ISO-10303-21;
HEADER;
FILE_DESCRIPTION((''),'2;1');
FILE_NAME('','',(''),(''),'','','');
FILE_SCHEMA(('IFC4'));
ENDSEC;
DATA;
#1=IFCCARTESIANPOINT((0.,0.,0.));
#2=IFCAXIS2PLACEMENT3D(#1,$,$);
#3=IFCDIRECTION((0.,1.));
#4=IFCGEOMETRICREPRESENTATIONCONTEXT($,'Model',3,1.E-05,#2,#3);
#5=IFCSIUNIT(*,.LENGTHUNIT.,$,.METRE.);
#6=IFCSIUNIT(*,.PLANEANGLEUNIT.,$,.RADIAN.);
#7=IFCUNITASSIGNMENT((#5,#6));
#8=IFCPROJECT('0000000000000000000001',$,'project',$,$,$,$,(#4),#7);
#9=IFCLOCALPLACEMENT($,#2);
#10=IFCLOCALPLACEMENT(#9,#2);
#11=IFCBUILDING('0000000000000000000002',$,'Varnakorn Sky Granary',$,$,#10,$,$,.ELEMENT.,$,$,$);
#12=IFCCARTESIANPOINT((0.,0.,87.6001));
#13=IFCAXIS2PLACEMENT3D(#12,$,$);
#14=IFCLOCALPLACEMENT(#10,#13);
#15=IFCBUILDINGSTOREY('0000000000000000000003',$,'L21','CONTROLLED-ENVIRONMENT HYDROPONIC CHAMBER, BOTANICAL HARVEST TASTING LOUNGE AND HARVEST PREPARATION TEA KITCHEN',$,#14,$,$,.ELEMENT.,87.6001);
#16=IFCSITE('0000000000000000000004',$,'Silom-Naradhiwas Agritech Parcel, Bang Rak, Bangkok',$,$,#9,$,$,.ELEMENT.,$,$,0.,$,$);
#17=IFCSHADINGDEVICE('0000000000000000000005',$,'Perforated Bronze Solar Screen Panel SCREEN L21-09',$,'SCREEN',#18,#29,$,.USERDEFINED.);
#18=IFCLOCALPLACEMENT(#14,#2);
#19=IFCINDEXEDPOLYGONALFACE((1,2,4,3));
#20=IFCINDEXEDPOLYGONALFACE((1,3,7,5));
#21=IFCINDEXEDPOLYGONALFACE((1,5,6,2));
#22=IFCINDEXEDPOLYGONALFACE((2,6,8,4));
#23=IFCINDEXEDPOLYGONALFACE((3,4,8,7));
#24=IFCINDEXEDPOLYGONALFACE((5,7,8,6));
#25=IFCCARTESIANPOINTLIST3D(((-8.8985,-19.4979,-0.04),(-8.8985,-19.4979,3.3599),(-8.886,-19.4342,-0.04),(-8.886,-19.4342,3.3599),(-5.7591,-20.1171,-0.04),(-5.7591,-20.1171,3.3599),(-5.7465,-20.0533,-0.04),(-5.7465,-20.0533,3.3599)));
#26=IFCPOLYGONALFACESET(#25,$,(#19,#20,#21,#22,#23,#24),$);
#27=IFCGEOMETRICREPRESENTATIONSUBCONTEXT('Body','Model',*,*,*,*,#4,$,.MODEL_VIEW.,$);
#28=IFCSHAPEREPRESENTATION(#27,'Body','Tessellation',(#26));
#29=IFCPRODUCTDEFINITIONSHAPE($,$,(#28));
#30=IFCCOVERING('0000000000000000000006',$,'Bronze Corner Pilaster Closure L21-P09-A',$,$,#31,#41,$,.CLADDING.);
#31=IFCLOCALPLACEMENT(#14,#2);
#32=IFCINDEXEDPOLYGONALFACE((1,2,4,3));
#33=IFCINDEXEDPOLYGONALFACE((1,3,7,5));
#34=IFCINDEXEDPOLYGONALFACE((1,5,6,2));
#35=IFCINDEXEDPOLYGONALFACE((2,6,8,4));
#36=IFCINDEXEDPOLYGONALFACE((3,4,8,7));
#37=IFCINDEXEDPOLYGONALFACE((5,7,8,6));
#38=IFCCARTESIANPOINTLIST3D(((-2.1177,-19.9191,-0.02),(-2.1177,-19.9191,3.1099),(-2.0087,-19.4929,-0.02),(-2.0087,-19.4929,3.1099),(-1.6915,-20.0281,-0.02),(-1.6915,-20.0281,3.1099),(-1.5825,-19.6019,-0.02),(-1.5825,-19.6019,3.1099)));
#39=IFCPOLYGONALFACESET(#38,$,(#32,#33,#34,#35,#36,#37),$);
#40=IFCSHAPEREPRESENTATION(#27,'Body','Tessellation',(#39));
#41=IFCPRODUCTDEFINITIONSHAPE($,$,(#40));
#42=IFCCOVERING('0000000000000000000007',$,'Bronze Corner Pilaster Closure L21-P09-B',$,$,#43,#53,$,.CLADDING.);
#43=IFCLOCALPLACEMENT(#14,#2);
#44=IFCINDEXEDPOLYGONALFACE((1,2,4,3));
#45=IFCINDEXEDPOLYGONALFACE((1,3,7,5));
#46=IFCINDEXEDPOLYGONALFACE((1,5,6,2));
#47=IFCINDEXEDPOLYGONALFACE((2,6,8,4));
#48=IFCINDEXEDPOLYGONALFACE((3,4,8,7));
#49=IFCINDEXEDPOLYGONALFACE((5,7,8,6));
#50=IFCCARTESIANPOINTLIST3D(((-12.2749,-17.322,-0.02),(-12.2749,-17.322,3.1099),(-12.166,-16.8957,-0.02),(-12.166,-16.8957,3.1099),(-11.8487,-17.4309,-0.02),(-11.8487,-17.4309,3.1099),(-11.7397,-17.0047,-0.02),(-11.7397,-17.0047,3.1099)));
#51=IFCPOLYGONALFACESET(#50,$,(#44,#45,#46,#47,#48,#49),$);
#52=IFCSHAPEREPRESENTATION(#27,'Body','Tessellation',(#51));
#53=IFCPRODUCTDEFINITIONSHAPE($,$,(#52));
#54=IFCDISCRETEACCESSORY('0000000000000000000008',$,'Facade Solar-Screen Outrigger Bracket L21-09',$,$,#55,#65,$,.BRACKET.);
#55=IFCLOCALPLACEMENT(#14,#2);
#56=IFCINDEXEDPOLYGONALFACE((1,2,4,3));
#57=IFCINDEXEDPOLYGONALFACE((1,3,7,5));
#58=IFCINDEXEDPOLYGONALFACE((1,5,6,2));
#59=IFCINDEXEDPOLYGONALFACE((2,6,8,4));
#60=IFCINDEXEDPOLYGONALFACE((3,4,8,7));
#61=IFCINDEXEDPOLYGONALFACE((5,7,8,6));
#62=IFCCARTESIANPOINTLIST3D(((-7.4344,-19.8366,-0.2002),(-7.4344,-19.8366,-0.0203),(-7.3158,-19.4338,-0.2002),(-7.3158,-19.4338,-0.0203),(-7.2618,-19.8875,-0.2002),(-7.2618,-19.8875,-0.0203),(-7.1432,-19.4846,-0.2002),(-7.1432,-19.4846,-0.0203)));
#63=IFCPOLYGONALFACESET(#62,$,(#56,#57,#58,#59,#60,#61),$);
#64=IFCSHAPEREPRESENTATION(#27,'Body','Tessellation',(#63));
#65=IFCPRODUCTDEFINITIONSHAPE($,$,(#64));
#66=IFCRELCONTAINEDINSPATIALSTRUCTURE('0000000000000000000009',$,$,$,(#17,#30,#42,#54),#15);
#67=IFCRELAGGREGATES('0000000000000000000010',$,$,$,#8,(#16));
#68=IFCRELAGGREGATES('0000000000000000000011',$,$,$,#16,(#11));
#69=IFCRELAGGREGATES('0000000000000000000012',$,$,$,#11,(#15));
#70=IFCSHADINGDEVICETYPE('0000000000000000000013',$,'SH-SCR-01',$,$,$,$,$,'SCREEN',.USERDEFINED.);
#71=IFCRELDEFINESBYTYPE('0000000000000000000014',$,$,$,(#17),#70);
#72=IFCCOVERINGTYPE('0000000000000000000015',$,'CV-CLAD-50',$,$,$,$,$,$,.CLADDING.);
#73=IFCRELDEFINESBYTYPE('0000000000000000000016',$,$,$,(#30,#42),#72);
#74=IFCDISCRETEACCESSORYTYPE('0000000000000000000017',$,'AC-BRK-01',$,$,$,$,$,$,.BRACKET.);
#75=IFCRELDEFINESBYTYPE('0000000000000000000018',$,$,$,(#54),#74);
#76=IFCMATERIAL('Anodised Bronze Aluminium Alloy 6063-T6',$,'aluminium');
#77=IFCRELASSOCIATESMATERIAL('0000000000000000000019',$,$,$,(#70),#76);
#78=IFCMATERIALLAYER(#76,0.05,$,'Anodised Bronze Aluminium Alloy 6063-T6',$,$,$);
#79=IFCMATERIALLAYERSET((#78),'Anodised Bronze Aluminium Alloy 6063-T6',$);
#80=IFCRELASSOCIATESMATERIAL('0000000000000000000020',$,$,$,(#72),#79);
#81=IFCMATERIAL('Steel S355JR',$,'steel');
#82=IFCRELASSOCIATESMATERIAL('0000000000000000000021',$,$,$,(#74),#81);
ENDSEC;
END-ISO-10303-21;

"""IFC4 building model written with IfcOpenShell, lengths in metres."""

from ifc_helpers import new_model, si_unit, direction, frame, origin, origin_2d, place, context, subcontext, project, spatial, rectangle, extrude, source, transform, mapped, material, layer, layer_set, type_object, type_shapes, element, save


model = new_model("IFC4")

# Units and contexts
model_context = context("Model", 3, precision=1e-05, world=origin(), true_north=direction((0.0, 1.0)))
body_context = subcontext(model_context, "Body", "Model", "MODEL_VIEW")
ifc_project = project(units=[si_unit("LENGTHUNIT", "METRE"), si_unit("PLANEANGLEUNIT", "RADIAN")], contexts=[model_context])

# Site, building, storey
site_placement = place(None, origin())
site = spatial("IfcSite", under=ifc_project, at=site_placement, Name="Silom-Naradhiwas Agritech Parcel, Bang Rak, Bangkok", CompositionType="ELEMENT", RefElevation=0.0)
building_placement = place(site_placement, origin())
building = spatial("IfcBuilding", under=site, at=building_placement, Name="Varnakorn Sky Granary", CompositionType="ELEMENT")
storey_placement = place(building_placement, frame((0.0, 0.0, 87.6001)))
storey = spatial("IfcBuildingStorey", under=building, at=storey_placement, Name="L21", Description="CONTROLLED-ENVIRONMENT HYDROPONIC CHAMBER, BOTANICAL HARVEST TASTING LOUNGE AND HARVEST PREPARATION TEA KITCHEN", CompositionType="ELEMENT", Elevation=87.6001)

# Shared definitions
ifc_material_1 = material(Name="Steel S355JR", Category="steel")

# Shared definitions
ifc_material_2 = material(Name="Anodised Bronze Aluminium Alloy 6063-T6", Category="aluminium")

# Shading device
shading_device_type = type_object("IfcShadingDeviceType", Name="SH-SCR-01", ElementType="SCREEN", PredefinedType="USERDEFINED", material=ifc_material_2)
shared_shape_1 = source(origin(), body_context, "Body", "SweptSolid", [
    extrude(rectangle(XDim=3.2, YDim=0.0649, at=origin_2d()), origin(), (0.0, 0.0, 1.0), 3.3999),
])
type_shapes(shading_device_type, [shared_shape_1])
shading_device_placement = place(storey_placement, frame((-7.3225, -19.7756, -0.04), z_axis=(0.0, 0.0, 1.0), x_axis=(0.981104, -0.193482, 0.0)))
element("IfcShadingDevice", 1, at=shading_device_placement, inside=storey, type_object=shading_device_type, Name="Perforated Bronze Solar Screen Panel SCREEN L21-09", ObjectType="SCREEN", PredefinedType="USERDEFINED", context=body_context, shape_type="MappedRepresentation", body=[
    mapped(shared_shape_1, transform((0.0, 0.0, 0.0), x_axis=(1.0, 0.0, 0.0), y_axis=(0.0, 1.0, 0.0), z_axis=(0.0, 0.0, 1.0), scale=1.0)),
])

# Coverings
ifc_layer_1 = layer(ifc_material_2, 0.05, Name="Anodised Bronze Aluminium Alloy 6063-T6")
ifc_layer_set_1 = layer_set([ifc_layer_1], Name="Anodised Bronze Aluminium Alloy 6063-T6")
covering_type = type_object("IfcCoveringType", Name="CV-CLAD-50", PredefinedType="CLADDING", material=ifc_layer_set_1)
shared_shape_2 = source(origin(), body_context, "Body", "SweptSolid", [
    extrude(rectangle(XDim=0.4399, YDim=0.4399, at=origin_2d()), origin(), (0.0, 0.0, 1.0), 3.1299),
])
type_shapes(covering_type, [shared_shape_2])
for number, where, z_axis, x_axis, name in (
    (2, (-1.8501, -19.7605, -0.02), (0.0, 0.0, 1.0), (-0.968843, 0.247675, 0.0), "Bronze Corner Pilaster Closure L21-P09-A"),
    (3, (-12.0073, -17.1633, -0.02), (0.0, 0.0, 1.0), (-0.968843, 0.247675, 0.0), "Bronze Corner Pilaster Closure L21-P09-B"),
):
    element("IfcCovering", number, at=place(storey_placement, frame(where, z_axis=z_axis, x_axis=x_axis)), inside=storey, type_object=covering_type, Name=name, PredefinedType="CLADDING", context=body_context, shape_type="MappedRepresentation", body=[
        mapped(shared_shape_2, transform((0.0, 0.0, 0.0), x_axis=(1.0, 0.0, 0.0), y_axis=(0.0, 1.0, 0.0), z_axis=(0.0, 0.0, 1.0), scale=1.0)),
    ])

# Discrete accessory
discrete_accessory_type = type_object("IfcDiscreteAccessoryType", Name="AC-BRK-01", PredefinedType="BRACKET", material=ifc_material_1)
shared_shape_3 = source(origin(), body_context, "Body", "SweptSolid", [
    extrude(rectangle(XDim=0.1799, YDim=0.4199, at=origin_2d()), origin(), (0.0, 0.0, 1.0), 0.1799),
])
type_shapes(discrete_accessory_type, [shared_shape_3])
discrete_accessory_placement = place(storey_placement, frame((-7.2888, -19.6606, -0.2002), z_axis=(0.0, 0.0, 1.0), x_axis=(0.959284, -0.282443, 0.0)))
element("IfcDiscreteAccessory", 4, at=discrete_accessory_placement, inside=storey, type_object=discrete_accessory_type, Name="Facade Solar-Screen Outrigger Bracket L21-09", PredefinedType="BRACKET", context=body_context, shape_type="MappedRepresentation", body=[
    mapped(shared_shape_3, transform((0.0, 0.0, 0.0), x_axis=(1.0, 0.0, 0.0), y_axis=(0.0, 1.0, 0.0), z_axis=(0.0, 0.0, 1.0), scale=1.0)),
])

save(model, "model.ifc")
